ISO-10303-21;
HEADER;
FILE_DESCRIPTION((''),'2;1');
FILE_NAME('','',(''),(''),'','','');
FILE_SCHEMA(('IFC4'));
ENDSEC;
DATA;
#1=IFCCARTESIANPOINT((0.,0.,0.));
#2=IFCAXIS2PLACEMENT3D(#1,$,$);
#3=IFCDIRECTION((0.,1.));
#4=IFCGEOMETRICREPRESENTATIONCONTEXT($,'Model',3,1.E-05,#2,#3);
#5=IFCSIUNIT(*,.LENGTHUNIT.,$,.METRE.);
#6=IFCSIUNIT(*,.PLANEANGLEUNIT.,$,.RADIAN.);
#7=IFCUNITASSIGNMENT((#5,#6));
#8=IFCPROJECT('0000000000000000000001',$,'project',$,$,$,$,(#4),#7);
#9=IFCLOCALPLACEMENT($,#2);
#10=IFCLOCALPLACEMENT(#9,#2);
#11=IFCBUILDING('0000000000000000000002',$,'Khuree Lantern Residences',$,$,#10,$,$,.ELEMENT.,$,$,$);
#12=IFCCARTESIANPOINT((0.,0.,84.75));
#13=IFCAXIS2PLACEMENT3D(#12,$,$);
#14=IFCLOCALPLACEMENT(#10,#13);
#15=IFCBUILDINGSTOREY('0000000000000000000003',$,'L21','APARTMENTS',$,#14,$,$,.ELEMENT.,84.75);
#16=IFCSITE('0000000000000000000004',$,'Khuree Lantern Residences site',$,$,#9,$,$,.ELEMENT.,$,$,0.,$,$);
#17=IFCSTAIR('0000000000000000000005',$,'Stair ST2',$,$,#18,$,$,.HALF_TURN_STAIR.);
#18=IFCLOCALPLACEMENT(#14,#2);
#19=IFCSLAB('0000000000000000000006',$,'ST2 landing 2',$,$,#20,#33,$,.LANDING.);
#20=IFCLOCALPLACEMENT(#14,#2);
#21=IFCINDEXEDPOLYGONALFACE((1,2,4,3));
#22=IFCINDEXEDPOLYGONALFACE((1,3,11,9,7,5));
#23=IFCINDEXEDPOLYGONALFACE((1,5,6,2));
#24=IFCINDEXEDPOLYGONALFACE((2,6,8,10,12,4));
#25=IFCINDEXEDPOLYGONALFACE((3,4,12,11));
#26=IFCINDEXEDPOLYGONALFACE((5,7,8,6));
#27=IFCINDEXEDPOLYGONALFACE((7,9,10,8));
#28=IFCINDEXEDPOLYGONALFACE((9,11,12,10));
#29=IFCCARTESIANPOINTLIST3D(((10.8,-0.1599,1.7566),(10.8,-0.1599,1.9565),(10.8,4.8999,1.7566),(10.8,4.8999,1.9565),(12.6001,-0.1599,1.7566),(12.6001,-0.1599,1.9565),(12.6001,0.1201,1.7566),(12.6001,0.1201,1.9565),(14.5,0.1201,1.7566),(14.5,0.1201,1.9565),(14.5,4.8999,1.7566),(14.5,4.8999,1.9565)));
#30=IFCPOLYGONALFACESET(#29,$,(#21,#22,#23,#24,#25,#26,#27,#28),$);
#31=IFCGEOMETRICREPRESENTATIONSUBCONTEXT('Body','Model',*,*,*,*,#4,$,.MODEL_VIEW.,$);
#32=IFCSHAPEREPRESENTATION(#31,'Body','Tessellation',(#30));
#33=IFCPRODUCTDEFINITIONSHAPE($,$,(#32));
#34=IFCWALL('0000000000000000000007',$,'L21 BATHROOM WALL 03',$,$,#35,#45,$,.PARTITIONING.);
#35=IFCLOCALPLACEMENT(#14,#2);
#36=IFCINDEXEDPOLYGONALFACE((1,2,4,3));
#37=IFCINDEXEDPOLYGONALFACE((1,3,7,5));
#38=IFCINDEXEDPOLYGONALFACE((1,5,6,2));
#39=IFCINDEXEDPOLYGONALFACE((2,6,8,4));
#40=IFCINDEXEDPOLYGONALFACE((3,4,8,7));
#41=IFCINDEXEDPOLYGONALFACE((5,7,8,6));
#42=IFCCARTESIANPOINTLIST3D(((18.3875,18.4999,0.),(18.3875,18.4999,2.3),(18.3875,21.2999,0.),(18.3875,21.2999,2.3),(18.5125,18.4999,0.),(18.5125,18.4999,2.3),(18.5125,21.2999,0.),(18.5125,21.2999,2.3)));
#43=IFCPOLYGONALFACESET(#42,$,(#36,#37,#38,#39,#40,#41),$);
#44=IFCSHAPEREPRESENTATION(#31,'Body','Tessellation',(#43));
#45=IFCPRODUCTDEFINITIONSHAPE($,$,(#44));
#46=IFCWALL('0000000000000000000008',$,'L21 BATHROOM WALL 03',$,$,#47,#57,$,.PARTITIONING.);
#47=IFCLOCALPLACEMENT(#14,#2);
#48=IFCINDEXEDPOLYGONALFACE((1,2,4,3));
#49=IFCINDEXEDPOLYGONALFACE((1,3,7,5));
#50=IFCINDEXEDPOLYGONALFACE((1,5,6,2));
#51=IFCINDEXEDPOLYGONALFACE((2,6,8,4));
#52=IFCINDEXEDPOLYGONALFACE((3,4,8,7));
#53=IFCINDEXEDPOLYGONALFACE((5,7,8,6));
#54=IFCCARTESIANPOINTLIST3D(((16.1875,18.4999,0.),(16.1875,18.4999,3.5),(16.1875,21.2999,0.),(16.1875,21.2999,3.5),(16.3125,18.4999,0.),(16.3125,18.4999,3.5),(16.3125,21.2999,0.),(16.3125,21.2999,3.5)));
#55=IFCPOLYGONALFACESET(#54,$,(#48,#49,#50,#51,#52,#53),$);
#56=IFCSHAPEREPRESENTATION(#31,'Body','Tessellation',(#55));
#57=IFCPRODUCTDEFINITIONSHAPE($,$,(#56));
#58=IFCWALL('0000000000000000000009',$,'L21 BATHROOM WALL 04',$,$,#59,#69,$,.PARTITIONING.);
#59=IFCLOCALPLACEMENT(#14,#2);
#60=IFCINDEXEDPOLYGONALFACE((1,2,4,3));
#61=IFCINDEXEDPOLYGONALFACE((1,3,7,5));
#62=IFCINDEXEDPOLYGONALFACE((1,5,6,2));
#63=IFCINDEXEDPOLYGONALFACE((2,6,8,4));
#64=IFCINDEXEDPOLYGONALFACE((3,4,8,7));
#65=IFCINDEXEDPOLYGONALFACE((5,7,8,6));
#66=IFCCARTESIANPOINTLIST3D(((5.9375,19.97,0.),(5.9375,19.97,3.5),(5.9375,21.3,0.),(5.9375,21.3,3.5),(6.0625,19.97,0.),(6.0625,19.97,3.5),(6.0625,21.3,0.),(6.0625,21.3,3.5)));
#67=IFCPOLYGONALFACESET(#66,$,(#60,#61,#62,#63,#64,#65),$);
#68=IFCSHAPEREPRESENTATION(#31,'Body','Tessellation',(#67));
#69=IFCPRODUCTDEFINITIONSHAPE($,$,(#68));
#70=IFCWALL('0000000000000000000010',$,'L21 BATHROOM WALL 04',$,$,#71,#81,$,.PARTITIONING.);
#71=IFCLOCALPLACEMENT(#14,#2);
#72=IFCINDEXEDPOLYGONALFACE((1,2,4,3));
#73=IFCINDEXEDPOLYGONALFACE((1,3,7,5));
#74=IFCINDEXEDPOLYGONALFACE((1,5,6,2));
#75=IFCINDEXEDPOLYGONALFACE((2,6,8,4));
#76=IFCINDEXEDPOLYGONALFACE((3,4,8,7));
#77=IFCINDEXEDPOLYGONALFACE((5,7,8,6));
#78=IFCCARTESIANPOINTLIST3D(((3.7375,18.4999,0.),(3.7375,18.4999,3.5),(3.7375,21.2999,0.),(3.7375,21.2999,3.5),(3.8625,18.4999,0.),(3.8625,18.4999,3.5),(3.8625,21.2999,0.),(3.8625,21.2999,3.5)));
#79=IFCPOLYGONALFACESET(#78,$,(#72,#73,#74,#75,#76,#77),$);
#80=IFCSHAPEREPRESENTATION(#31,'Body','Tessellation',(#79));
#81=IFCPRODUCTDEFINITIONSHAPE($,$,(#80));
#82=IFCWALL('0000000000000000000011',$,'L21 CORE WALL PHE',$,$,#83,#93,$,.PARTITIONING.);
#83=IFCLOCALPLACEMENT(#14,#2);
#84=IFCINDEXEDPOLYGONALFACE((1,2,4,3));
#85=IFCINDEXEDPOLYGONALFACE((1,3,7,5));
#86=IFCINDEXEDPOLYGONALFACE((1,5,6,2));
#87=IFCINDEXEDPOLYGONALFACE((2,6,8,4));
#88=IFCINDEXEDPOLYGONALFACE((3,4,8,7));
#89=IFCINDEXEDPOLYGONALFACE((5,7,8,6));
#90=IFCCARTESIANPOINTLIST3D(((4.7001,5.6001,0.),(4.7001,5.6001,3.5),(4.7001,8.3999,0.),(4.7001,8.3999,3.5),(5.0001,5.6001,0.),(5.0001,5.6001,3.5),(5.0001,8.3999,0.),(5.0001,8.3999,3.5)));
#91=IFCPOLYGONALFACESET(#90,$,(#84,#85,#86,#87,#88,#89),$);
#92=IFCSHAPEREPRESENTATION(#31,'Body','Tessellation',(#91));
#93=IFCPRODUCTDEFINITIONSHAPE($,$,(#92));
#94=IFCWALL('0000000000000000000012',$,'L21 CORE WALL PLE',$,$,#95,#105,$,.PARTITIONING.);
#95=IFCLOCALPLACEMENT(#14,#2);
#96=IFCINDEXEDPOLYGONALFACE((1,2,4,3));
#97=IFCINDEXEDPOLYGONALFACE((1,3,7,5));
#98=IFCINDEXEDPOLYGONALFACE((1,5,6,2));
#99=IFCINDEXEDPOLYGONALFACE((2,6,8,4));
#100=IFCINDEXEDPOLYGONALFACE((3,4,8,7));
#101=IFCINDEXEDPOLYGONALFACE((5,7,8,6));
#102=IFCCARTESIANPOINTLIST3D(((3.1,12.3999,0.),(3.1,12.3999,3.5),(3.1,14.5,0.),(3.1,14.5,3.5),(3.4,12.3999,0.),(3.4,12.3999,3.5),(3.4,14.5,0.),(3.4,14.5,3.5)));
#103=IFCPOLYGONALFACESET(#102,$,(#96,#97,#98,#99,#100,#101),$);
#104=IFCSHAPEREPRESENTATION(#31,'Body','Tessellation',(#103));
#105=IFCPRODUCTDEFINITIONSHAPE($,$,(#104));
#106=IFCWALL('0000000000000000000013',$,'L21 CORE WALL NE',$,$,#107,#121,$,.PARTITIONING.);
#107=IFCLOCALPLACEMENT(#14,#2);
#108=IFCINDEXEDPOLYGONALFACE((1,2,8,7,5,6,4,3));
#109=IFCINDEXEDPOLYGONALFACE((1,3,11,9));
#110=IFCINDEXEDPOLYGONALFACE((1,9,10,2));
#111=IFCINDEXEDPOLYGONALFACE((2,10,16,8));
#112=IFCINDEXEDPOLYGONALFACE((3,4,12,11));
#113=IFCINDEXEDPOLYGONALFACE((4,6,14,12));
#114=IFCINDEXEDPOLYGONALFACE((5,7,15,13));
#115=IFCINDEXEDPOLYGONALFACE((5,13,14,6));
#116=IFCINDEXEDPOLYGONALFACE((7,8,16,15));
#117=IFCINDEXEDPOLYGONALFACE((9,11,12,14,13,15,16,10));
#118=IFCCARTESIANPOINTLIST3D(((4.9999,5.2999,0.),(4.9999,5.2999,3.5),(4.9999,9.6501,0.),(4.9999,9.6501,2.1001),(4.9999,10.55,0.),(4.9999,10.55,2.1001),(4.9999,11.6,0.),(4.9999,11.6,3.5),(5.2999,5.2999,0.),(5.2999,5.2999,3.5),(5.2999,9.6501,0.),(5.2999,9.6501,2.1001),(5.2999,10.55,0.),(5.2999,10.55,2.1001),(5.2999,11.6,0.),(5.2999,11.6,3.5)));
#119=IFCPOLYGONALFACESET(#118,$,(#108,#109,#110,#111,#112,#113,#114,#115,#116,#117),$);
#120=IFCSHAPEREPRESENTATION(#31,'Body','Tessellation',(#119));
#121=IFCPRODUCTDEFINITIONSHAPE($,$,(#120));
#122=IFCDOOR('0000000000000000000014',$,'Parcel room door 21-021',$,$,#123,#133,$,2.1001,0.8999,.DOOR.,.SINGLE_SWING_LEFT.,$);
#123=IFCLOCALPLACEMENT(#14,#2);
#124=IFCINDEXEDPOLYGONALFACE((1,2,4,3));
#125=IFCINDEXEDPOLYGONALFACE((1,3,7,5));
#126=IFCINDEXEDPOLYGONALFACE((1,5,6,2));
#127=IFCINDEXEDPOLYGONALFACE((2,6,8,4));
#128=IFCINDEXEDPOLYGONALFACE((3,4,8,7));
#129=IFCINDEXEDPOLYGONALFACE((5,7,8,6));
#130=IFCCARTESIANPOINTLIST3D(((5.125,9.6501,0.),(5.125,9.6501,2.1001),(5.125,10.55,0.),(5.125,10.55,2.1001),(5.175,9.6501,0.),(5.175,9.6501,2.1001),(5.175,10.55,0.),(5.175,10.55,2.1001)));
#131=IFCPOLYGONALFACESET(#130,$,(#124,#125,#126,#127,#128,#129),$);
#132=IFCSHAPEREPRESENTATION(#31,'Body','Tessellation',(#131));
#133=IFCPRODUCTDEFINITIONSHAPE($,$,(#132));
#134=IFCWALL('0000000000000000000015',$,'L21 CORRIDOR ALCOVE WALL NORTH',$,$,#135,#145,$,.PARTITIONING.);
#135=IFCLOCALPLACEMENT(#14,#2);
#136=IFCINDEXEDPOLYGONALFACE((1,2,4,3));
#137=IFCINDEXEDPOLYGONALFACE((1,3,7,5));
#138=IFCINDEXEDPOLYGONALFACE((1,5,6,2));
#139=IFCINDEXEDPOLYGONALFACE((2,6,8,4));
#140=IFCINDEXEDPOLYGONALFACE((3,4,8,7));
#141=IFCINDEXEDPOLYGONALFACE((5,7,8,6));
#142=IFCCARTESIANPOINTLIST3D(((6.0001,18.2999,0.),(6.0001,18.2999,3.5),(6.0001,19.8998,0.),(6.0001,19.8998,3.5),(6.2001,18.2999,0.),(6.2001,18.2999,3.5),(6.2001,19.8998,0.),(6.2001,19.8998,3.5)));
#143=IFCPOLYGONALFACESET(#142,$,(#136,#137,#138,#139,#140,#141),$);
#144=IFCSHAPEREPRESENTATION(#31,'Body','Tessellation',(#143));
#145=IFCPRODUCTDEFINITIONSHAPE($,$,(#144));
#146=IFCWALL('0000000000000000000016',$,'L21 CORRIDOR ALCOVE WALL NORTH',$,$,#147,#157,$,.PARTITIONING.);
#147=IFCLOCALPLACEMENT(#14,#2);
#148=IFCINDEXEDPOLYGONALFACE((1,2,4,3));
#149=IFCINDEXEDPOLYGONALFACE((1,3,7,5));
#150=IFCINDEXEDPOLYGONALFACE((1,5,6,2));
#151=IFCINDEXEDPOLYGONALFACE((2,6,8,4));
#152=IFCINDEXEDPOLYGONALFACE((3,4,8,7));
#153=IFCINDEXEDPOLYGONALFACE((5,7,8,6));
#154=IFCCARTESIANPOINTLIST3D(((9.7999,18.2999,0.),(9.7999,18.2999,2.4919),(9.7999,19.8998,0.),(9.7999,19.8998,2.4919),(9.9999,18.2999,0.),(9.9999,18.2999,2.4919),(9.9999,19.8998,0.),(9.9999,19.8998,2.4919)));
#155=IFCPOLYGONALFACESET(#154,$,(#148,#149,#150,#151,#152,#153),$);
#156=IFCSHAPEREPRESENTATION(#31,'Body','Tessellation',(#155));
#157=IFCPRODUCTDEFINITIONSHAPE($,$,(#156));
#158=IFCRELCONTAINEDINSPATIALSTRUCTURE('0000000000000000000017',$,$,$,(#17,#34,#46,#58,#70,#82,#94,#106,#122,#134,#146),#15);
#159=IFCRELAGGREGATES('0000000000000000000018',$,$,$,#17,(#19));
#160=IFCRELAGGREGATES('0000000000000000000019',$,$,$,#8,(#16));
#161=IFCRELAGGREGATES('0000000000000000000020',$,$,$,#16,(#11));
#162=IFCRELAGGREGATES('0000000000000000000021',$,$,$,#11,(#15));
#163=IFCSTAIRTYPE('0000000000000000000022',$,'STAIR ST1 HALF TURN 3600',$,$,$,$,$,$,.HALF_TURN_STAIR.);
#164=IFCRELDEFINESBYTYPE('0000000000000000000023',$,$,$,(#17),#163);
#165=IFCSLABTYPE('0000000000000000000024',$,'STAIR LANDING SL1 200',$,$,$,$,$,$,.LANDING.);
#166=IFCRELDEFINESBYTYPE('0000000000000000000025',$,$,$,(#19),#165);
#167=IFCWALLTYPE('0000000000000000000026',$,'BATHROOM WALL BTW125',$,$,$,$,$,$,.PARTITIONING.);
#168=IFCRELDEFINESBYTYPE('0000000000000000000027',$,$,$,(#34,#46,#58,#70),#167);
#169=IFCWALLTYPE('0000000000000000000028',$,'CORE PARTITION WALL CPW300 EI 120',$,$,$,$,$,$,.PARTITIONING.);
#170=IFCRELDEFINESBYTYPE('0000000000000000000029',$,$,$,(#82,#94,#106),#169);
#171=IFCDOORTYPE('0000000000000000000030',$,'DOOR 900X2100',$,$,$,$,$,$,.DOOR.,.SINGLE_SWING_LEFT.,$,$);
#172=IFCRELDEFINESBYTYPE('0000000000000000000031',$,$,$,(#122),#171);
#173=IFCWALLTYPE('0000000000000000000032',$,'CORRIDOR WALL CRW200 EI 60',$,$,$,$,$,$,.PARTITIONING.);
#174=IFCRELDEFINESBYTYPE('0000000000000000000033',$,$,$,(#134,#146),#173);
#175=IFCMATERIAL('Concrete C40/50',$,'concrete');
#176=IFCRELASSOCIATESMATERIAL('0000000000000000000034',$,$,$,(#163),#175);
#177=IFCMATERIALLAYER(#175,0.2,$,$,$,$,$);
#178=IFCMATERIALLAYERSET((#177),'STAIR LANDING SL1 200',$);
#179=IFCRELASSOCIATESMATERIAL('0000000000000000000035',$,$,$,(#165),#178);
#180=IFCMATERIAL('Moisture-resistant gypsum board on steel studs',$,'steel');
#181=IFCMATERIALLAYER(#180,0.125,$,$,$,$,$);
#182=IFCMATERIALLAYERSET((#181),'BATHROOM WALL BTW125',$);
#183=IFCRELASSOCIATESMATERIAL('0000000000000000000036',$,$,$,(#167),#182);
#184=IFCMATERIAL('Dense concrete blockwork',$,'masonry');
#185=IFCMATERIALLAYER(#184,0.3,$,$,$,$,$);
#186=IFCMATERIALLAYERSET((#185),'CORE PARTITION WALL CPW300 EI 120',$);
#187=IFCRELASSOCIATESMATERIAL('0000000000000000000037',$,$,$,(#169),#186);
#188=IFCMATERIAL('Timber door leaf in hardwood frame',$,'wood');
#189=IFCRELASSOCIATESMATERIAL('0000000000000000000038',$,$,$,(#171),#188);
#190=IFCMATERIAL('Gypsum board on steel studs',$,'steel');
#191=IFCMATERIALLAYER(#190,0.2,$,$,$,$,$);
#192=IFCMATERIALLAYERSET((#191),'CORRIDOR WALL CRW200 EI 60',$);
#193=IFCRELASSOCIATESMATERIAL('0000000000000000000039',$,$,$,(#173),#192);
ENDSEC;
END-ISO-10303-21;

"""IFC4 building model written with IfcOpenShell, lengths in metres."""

from ifc_helpers import new_model, si_unit, direction, frame, frame_2d, origin, place, context, subcontext, project, spatial, polyline, rectangle, outline, extrude, material, layer, layer_set, type_object, element, fill, aggregate, save


model = new_model("IFC4")

# Units and contexts
model_context = context("Model", 3, precision=1e-05, world=origin(), true_north=direction((0.0, 1.0)))
body_context = subcontext(model_context, "Body", "Model", "MODEL_VIEW")
ifc_project = project(units=[si_unit("LENGTHUNIT", "METRE"), si_unit("PLANEANGLEUNIT", "RADIAN")], contexts=[model_context])

# Site, building, storey
site_placement = place(None, origin())
site = spatial("IfcSite", under=ifc_project, at=site_placement, Name="Khuree Lantern Residences site", CompositionType="ELEMENT", RefElevation=0.0)
building_placement = place(site_placement, origin())
building = spatial("IfcBuilding", under=site, at=building_placement, Name="Khuree Lantern Residences", CompositionType="ELEMENT")
storey_placement = place(building_placement, frame((0.0, 0.0, 84.75)))
storey = spatial("IfcBuildingStorey", under=building, at=storey_placement, Name="L21", Description="APARTMENTS", CompositionType="ELEMENT", Elevation=84.75)

# Stair, slab
ifc_material_1 = material(Name="Concrete C40/50", Category="concrete")
stair_type = type_object("IfcStairType", Name="STAIR ST1 HALF TURN 3600", PredefinedType="HALF_TURN_STAIR", material=ifc_material_1)
ifc_layer_1 = layer(ifc_material_1, 0.2)
ifc_layer_set_1 = layer_set([ifc_layer_1], Name="STAIR LANDING SL1 200")
slab_type_1 = type_object("IfcSlabType", Name="STAIR LANDING SL1 200", PredefinedType="LANDING", material=ifc_layer_set_1)
stair_1_placement = place(storey_placement, origin())
stair_1 = element("IfcStair", 1, at=stair_1_placement, inside=storey, type_object=stair_type, Name="Stair ST2", PredefinedType="HALF_TURN_STAIR")
slab_1_placement = place(storey_placement, frame((0.0, 0.0, 1.7566)))
slab_1 = element("IfcSlab", 2, at=slab_1_placement, type_object=slab_type_1, Name="ST2 landing 2", PredefinedType="LANDING", context=body_context, shape_type="SweptSolid", body=[
    extrude(outline(polyline([(14.5, 4.8999), (14.5, 0.1201), (12.6001, 0.1201), (12.6001, -0.1599), (10.8, -0.1599), (10.8, 4.8999), (14.5, 4.8999)])), origin(), (0.0, 0.0, 1.0), 0.2),
])

# Walls
ifc_material_2 = material(Name="Moisture-resistant gypsum board on steel studs", Category="steel")
ifc_layer_2 = layer(ifc_material_2, 0.125)
ifc_layer_set_2 = layer_set([ifc_layer_2], Name="BATHROOM WALL BTW125")
wall_type_1 = type_object("IfcWallType", Name="BATHROOM WALL BTW125", PredefinedType="PARTITIONING", material=ifc_layer_set_2)
wall_1_placement = place(storey_placement, frame((18.45, 18.5, 0.0), z_axis=(0.0, 0.0, 1.0), x_axis=(0.0, 1.0, 0.0)))
element("IfcWall", 3, at=wall_1_placement, inside=storey, type_object=wall_type_1, Name="L21 BATHROOM WALL 03", PredefinedType="PARTITIONING", context=body_context, shape_type="SweptSolid", body=[
    extrude(rectangle(XDim=2.8, YDim=0.125, at=frame_2d((1.3999, 0.0))), origin(), (0.0, 0.0, 1.0), 2.3),
])
wall_2_placement = place(storey_placement, frame((16.25, 18.5, 0.0), z_axis=(0.0, 0.0, 1.0), x_axis=(0.0, 1.0, 0.0)))
element("IfcWall", 4, at=wall_2_placement, inside=storey, type_object=wall_type_1, Name="L21 BATHROOM WALL 03", PredefinedType="PARTITIONING", context=body_context, shape_type="SweptSolid", body=[
    extrude(rectangle(XDim=2.8, YDim=0.125, at=frame_2d((1.3999, 0.0))), origin(), (0.0, 0.0, 1.0), 3.5),
])
wall_3_placement = place(storey_placement, frame((6.0, 19.97, 0.0), z_axis=(0.0, 0.0, 1.0), x_axis=(0.0, 1.0, 0.0)))
element("IfcWall", 5, at=wall_3_placement, inside=storey, type_object=wall_type_1, Name="L21 BATHROOM WALL 04", PredefinedType="PARTITIONING", context=body_context, shape_type="SweptSolid", body=[
    extrude(rectangle(XDim=1.3301, YDim=0.125, at=frame_2d((0.665, 0.0))), origin(), (0.0, 0.0, 1.0), 3.5),
])
wall_4_placement = place(storey_placement, frame((3.8, 18.5, 0.0), z_axis=(0.0, 0.0, 1.0), x_axis=(0.0, 1.0, 0.0)))
element("IfcWall", 6, at=wall_4_placement, inside=storey, type_object=wall_type_1, Name="L21 BATHROOM WALL 04", PredefinedType="PARTITIONING", context=body_context, shape_type="SweptSolid", body=[
    extrude(rectangle(XDim=2.8, YDim=0.125, at=frame_2d((1.3999, 0.0))), origin(), (0.0, 0.0, 1.0), 3.5),
])
ifc_material_3 = material(Name="Dense concrete blockwork", Category="masonry")
ifc_layer_3 = layer(ifc_material_3, 0.3)
ifc_layer_set_3 = layer_set([ifc_layer_3], Name="CORE PARTITION WALL CPW300 EI 120")
wall_type_2 = type_object("IfcWallType", Name="CORE PARTITION WALL CPW300 EI 120", PredefinedType="PARTITIONING", material=ifc_layer_set_3)
wall_5_placement = place(storey_placement, frame((4.8501, 5.6001, 0.0), z_axis=(0.0, 0.0, 1.0), x_axis=(0.0, 1.0, 0.0)))
element("IfcWall", 7, at=wall_5_placement, inside=storey, type_object=wall_type_2, Name="L21 CORE WALL PHE", PredefinedType="PARTITIONING", context=body_context, shape_type="SweptSolid", body=[
    extrude(rectangle(XDim=2.7998, YDim=0.3, at=frame_2d((1.3999, 0.0))), origin(), (0.0, 0.0, 1.0), 3.5),
])
wall_6_placement = place(storey_placement, frame((3.25, 12.3999, 0.0), z_axis=(0.0, 0.0, 1.0), x_axis=(0.0, 1.0, 0.0)))
element("IfcWall", 8, at=wall_6_placement, inside=storey, type_object=wall_type_2, Name="L21 CORE WALL PLE", PredefinedType="PARTITIONING", context=body_context, shape_type="SweptSolid", body=[
    extrude(rectangle(XDim=2.1001, YDim=0.3, at=frame_2d((1.05, 0.0))), origin(), (0.0, 0.0, 1.0), 3.5),
])

# Wall, opening, door
wall_7_placement = place(storey_placement, frame((5.1499, 5.3, 0.0), z_axis=(0.0, 0.0, 1.0), x_axis=(0.0, 1.0, 0.0)))
wall_7 = element("IfcWall", 9, at=wall_7_placement, inside=storey, type_object=wall_type_2, Name="L21 CORE WALL NE", PredefinedType="PARTITIONING", context=body_context, shape_type="SweptSolid", body=[
    extrude(rectangle(XDim=6.3, YDim=0.3, at=frame_2d((3.1499, 0.0))), origin(), (0.0, 0.0, 1.0), 3.5),
])
opening_1_placement = place(wall_7_placement, frame((4.3501, 0.0, 0.0)))
opening_1 = element("IfcOpeningElement", 10, at=opening_1_placement, cuts=wall_7, PredefinedType="OPENING", context=body_context, shape_type="SweptSolid", body=[
    extrude(rectangle(XDim=0.8999, YDim=2.1001, at=frame_2d((0.45, 1.05))), frame((0.0, 0.1602, 0.0), z_axis=(0.0, -1.0, 0.0), x_axis=(1.0, 0.0, 0.0)), (0.0, 0.0, 1.0), 0.3201),
])
ifc_material_4 = material(Name="Timber door leaf in hardwood frame", Category="wood")
door_type_1 = type_object("IfcDoorType", Name="DOOR 900X2100", OperationType="SINGLE_SWING_LEFT", PredefinedType="DOOR", material=ifc_material_4)
door_1_placement = place(opening_1_placement, origin())
door_1 = element("IfcDoor", 11, at=door_1_placement, inside=storey, type_object=door_type_1, Name="Parcel room door 21-021", OperationType="SINGLE_SWING_LEFT", OverallHeight=2.1001, OverallWidth=0.8999, PredefinedType="DOOR", context=body_context, shape_type="SweptSolid", body=[
    extrude(rectangle(XDim=0.8999, YDim=2.1001, at=frame_2d((0.45, 1.05))), frame((0.0, 0.0249, 0.0), z_axis=(0.0, -1.0, 0.0), x_axis=(1.0, 0.0, 0.0)), (0.0, 0.0, 1.0), 0.05),
])
fill(opening_1, door_1)

# Walls
ifc_material_5 = material(Name="Gypsum board on steel studs", Category="steel")
ifc_layer_4 = layer(ifc_material_5, 0.2)
ifc_layer_set_4 = layer_set([ifc_layer_4], Name="CORRIDOR WALL CRW200 EI 60")
wall_type_3 = type_object("IfcWallType", Name="CORRIDOR WALL CRW200 EI 60", PredefinedType="PARTITIONING", material=ifc_layer_set_4)
wall_8_placement = place(storey_placement, frame((6.1001, 18.3, 0.0), z_axis=(0.0, 0.0, 1.0), x_axis=(0.0, 1.0, 0.0)))
element("IfcWall", 12, at=wall_8_placement, inside=storey, type_object=wall_type_3, Name="L21 CORRIDOR ALCOVE WALL NORTH", PredefinedType="PARTITIONING", context=body_context, shape_type="SweptSolid", body=[
    extrude(rectangle(XDim=1.5999, YDim=0.2, at=frame_2d((0.7998, 0.0))), origin(), (0.0, 0.0, 1.0), 3.5),
])
wall_9_placement = place(storey_placement, frame((9.8999, 18.3, 0.0), z_axis=(0.0, 0.0, 1.0), x_axis=(0.0, 1.0, 0.0)))
element("IfcWall", 13, at=wall_9_placement, inside=storey, type_object=wall_type_3, Name="L21 CORRIDOR ALCOVE WALL NORTH", PredefinedType="PARTITIONING", context=body_context, shape_type="SweptSolid", body=[
    extrude(rectangle(XDim=1.5999, YDim=0.2, at=frame_2d((0.7998, 0.0))), origin(), (0.0, 0.0, 1.0), 2.4919),
])

aggregate(stair_1, [slab_1])

save(model, "model.ifc")
